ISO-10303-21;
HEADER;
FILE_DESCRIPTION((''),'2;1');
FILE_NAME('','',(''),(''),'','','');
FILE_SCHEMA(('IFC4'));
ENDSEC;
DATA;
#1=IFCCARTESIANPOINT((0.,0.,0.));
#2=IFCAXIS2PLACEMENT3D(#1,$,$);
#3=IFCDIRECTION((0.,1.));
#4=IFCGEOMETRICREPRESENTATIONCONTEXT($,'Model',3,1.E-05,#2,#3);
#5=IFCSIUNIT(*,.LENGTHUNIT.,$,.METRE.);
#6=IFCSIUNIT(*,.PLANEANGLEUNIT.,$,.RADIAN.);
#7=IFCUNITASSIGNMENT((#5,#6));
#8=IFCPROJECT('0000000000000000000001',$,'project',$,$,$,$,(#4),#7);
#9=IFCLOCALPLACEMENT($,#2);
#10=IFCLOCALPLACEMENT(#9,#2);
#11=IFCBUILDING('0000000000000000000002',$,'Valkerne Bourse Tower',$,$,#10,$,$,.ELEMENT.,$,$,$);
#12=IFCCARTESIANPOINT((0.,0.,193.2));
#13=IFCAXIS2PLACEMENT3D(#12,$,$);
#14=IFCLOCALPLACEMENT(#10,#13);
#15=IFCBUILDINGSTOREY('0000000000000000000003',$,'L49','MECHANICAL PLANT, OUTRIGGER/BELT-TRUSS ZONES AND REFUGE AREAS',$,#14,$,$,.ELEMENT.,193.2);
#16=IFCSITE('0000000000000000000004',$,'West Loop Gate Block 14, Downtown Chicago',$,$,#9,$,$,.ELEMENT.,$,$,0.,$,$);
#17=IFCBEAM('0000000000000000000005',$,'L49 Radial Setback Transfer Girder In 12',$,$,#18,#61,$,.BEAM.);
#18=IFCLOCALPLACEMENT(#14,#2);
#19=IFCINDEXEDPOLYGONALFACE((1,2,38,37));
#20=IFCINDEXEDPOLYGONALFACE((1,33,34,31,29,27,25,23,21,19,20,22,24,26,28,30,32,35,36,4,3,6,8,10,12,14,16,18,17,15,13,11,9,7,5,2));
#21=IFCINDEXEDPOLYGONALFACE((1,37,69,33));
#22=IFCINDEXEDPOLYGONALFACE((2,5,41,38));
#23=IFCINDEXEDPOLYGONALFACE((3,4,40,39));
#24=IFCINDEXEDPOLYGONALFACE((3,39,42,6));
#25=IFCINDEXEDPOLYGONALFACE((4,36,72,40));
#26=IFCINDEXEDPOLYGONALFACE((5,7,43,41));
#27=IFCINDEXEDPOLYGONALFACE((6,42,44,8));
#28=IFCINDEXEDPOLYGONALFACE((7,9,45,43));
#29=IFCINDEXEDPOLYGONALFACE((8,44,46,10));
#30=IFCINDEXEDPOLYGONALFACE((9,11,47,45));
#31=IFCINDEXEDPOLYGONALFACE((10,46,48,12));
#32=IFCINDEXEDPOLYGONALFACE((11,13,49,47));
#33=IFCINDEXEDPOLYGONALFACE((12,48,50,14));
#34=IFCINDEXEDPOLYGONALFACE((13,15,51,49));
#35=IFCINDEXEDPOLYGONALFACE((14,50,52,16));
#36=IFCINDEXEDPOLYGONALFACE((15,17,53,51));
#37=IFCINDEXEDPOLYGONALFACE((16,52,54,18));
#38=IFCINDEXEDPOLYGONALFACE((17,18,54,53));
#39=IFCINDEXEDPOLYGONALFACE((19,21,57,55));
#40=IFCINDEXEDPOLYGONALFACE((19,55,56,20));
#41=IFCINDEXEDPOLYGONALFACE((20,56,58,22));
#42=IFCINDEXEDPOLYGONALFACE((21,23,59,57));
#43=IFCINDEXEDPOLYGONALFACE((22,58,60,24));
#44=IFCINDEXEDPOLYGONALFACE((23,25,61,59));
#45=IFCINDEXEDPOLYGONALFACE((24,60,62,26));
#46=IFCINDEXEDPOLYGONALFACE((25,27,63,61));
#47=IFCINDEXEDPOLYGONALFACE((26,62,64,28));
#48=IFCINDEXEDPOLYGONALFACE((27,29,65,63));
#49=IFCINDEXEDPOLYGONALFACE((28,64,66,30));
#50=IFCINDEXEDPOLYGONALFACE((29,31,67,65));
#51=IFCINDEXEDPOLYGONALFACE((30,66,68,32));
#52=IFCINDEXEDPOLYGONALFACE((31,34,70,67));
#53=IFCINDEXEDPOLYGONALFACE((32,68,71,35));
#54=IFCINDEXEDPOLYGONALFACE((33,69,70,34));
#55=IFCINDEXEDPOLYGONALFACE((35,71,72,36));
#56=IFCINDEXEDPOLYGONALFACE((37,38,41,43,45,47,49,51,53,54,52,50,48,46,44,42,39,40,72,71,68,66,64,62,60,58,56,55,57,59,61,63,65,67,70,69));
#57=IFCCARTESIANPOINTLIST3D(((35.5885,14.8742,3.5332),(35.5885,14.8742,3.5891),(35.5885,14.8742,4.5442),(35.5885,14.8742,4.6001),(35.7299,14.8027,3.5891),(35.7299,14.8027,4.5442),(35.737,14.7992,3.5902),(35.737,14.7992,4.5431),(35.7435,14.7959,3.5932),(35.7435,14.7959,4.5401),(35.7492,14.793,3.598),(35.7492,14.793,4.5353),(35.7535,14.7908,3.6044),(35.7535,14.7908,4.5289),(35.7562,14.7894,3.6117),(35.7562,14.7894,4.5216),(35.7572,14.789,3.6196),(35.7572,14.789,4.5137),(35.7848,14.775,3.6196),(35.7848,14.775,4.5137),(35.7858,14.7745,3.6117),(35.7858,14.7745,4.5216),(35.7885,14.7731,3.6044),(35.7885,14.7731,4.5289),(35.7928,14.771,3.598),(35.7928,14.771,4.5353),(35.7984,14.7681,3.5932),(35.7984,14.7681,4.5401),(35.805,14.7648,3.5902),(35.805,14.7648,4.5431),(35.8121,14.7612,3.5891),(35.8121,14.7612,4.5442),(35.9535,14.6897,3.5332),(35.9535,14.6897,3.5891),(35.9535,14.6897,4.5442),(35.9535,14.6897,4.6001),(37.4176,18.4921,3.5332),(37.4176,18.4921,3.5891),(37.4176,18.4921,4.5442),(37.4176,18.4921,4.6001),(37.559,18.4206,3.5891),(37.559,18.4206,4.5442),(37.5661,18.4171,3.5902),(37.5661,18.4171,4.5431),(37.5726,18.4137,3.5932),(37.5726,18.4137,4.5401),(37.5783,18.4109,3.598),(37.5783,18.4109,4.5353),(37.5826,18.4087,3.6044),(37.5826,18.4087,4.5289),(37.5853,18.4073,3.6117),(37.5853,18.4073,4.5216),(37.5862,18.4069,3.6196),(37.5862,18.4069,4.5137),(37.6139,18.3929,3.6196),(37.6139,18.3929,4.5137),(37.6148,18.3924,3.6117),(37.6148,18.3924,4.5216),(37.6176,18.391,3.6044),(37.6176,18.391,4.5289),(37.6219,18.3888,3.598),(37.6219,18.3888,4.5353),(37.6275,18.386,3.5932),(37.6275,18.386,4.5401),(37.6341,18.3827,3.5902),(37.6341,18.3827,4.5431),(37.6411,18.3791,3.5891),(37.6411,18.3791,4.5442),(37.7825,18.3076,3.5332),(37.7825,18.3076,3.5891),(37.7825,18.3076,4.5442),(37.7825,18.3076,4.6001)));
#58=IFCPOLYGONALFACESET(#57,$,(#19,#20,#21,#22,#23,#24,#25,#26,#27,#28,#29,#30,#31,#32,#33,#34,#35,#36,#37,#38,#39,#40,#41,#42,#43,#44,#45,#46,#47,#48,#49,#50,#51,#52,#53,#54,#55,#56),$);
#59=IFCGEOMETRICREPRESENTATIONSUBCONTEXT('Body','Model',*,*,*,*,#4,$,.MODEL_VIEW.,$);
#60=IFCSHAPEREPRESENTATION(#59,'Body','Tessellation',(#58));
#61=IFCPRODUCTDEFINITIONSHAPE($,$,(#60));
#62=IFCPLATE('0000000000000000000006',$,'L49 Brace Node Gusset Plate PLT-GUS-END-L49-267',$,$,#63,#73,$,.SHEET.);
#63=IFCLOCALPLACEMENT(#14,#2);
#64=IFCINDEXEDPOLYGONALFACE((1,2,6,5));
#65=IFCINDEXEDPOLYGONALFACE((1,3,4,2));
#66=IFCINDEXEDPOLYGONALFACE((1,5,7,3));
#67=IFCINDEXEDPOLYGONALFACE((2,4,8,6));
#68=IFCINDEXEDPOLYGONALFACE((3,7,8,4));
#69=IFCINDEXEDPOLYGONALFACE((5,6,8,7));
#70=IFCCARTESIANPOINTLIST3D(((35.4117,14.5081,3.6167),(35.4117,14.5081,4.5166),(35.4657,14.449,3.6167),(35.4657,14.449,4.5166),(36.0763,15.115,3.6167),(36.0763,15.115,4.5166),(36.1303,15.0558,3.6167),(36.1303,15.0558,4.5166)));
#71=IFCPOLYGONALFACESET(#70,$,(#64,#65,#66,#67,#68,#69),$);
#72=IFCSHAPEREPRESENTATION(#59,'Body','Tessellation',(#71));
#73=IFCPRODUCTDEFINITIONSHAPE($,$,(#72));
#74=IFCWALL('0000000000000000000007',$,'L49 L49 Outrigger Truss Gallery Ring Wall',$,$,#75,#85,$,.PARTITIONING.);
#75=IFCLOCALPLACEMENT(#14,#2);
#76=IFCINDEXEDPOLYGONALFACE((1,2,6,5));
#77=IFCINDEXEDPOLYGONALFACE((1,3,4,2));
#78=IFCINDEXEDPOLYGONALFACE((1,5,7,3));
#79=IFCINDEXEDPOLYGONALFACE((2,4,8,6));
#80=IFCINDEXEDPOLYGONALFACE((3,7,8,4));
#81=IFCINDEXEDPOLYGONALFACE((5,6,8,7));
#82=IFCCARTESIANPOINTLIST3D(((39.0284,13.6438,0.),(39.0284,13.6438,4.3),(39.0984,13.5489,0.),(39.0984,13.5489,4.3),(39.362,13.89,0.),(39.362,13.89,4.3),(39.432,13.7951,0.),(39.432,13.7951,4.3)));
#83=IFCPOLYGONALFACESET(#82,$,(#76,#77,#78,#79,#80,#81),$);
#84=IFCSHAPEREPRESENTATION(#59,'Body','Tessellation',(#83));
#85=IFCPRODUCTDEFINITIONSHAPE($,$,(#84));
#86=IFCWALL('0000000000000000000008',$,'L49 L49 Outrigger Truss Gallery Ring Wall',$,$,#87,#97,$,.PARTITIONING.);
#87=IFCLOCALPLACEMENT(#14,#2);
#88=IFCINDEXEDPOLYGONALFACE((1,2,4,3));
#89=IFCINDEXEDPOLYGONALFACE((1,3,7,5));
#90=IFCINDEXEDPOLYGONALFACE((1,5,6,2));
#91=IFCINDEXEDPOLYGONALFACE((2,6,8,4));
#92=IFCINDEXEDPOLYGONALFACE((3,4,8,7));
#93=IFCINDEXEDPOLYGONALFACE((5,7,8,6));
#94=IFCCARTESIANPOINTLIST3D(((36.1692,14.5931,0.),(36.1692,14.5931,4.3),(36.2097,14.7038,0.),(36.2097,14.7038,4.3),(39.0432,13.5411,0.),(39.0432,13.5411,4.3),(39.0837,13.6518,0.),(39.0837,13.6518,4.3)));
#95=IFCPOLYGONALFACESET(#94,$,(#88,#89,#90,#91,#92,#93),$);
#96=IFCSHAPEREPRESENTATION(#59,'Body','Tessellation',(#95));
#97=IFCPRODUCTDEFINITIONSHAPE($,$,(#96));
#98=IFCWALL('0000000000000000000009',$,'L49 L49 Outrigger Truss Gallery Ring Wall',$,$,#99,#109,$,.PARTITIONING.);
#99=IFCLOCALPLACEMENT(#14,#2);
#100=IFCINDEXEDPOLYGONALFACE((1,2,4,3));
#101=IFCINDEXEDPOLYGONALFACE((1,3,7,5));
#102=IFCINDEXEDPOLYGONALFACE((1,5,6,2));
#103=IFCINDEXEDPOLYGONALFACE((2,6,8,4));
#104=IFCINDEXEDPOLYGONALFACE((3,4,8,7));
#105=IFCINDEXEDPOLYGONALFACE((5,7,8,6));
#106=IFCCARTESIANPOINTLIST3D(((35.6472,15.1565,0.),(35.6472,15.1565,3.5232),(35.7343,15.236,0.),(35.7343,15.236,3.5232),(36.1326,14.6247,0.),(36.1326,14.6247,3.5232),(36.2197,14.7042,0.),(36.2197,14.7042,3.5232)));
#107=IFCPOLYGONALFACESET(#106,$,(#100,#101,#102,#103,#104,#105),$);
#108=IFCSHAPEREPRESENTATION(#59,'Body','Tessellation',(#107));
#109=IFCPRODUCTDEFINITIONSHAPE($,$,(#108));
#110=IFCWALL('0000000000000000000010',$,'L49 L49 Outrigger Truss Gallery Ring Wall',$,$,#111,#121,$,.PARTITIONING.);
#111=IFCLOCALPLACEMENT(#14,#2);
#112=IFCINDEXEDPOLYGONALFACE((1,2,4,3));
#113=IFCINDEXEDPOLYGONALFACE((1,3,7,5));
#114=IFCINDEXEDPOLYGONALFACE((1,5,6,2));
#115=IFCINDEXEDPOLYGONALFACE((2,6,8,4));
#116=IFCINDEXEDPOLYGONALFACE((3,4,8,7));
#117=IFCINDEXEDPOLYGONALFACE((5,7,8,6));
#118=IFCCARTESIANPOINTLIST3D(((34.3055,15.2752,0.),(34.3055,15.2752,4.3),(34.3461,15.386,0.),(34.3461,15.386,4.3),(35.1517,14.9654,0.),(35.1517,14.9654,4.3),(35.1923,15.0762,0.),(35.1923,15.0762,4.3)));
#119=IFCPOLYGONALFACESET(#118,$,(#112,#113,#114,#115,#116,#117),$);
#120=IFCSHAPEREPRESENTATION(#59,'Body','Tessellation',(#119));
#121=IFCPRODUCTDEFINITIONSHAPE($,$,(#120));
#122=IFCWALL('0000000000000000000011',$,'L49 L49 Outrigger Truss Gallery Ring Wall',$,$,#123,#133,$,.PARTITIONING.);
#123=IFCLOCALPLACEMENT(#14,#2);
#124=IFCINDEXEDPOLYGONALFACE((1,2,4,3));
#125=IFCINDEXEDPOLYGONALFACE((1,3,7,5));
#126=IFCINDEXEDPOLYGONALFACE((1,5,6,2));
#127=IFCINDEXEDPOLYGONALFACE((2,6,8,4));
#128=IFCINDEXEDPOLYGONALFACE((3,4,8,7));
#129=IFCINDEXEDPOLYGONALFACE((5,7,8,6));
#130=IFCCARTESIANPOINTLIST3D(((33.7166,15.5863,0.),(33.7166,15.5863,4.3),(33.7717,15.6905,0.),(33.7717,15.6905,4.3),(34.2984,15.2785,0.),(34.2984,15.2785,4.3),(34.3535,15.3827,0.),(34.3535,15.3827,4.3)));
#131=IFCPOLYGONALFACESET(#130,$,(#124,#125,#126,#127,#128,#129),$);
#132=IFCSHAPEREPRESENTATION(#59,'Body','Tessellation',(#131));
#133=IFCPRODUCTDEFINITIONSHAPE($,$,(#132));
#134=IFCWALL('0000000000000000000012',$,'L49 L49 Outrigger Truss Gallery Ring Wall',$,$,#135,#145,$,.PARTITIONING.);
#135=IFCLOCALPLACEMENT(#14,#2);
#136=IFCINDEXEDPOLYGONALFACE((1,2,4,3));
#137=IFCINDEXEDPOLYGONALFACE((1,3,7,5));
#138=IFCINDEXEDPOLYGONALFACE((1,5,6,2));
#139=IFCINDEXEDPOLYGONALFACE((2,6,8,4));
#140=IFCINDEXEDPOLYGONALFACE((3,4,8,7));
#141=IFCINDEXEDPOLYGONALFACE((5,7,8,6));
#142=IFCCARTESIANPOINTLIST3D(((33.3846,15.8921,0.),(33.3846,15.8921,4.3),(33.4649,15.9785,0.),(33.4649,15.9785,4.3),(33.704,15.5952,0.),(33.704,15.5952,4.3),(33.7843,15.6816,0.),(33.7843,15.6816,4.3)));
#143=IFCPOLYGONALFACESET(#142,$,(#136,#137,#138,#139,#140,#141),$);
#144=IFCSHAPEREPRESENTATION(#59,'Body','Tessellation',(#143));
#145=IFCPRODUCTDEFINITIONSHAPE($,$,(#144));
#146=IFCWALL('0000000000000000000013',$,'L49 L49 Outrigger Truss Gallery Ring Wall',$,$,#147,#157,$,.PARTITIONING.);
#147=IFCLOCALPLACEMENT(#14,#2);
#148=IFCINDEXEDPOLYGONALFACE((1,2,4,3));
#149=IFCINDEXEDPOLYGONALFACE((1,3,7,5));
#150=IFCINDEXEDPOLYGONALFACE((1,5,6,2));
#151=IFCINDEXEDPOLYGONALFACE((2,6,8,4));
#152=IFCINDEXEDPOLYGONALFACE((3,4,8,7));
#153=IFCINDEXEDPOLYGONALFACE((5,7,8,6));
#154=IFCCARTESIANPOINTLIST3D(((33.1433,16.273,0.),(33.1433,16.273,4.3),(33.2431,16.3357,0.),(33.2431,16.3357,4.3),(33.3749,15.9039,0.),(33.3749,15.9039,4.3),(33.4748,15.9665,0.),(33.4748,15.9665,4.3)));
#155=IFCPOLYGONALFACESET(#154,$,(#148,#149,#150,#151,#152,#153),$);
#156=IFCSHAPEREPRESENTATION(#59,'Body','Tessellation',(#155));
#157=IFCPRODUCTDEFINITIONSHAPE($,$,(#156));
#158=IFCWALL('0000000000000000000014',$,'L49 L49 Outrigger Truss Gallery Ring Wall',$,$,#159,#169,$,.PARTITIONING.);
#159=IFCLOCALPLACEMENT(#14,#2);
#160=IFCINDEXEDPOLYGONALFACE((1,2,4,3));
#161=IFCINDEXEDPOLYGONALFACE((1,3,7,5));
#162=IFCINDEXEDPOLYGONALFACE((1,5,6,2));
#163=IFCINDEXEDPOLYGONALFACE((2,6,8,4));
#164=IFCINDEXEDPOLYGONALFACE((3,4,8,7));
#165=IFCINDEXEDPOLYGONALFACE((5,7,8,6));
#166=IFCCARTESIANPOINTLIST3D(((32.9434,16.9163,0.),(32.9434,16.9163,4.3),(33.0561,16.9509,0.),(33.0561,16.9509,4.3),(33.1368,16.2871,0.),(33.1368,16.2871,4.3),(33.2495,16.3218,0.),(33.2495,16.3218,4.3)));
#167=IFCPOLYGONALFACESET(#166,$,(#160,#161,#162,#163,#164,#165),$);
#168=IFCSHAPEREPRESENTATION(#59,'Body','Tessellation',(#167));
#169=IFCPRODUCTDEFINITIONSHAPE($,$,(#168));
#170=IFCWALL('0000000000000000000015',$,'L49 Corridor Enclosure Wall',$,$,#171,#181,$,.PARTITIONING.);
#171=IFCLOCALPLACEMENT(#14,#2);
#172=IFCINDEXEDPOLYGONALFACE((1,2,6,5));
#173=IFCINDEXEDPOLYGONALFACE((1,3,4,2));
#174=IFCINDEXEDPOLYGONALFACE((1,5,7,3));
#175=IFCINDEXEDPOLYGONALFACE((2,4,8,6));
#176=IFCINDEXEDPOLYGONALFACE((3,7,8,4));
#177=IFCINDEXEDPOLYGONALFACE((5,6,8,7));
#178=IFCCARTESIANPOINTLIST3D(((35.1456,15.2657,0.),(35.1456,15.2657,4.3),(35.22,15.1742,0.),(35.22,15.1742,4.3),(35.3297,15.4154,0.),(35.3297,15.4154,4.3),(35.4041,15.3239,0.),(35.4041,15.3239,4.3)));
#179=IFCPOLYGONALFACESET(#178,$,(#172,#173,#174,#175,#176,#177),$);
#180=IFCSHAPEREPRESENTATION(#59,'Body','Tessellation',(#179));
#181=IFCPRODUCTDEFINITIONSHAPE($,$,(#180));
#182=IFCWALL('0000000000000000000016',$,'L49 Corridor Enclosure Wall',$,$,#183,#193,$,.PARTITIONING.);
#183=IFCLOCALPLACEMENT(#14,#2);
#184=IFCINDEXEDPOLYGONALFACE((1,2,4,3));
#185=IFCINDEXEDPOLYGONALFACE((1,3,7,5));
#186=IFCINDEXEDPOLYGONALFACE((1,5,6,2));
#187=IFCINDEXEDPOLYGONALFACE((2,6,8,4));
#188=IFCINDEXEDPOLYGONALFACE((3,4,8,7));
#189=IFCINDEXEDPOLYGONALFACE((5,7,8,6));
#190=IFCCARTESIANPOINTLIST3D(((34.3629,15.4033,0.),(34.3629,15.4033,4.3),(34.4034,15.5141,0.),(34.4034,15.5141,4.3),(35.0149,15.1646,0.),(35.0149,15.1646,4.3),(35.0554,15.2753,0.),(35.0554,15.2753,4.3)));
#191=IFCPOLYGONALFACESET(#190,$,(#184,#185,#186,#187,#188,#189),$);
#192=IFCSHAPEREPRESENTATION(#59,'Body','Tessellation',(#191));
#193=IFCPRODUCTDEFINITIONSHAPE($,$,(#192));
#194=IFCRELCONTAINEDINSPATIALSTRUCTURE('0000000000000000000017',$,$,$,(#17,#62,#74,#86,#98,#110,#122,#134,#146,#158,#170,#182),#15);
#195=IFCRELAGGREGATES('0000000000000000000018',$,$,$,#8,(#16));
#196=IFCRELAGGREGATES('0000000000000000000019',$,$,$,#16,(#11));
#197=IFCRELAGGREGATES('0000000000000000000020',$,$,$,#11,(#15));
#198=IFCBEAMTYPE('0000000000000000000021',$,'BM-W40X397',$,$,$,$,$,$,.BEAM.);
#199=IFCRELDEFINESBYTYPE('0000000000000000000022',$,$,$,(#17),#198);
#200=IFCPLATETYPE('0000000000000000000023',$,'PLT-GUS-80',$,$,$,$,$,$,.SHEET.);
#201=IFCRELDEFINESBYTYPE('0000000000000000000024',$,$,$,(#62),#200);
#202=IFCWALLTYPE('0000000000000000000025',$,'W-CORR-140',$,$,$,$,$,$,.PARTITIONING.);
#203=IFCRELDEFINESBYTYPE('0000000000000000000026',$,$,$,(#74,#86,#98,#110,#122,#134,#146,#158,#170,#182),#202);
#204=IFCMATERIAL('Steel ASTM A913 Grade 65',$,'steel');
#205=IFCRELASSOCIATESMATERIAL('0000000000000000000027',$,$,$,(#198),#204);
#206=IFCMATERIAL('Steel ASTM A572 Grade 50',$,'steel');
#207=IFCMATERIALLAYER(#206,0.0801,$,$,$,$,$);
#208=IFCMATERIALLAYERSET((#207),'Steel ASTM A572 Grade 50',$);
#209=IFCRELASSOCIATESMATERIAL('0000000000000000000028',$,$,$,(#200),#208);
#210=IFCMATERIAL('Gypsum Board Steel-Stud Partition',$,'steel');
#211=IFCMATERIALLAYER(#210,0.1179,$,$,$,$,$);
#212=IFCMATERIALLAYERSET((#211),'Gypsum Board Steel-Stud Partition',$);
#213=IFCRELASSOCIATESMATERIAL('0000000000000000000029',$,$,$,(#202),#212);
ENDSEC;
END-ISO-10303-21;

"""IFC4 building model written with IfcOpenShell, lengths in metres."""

from ifc_helpers import new_model, si_unit, direction, frame, frame_2d, origin, origin_2d, place, context, subcontext, project, spatial, rectangle, i_section, extrude, material, layer, layer_set, material_profile, profile_set, type_object, element, save


model = new_model("IFC4")

# Units and contexts
model_context = context("Model", 3, precision=1e-05, world=origin(), true_north=direction((0.0, 1.0)))
body_context = subcontext(model_context, "Body", "Model", "MODEL_VIEW")
ifc_project = project(units=[si_unit("LENGTHUNIT", "METRE"), si_unit("PLANEANGLEUNIT", "RADIAN")], contexts=[model_context])

# Site, building, storey
site_placement = place(None, origin())
site = spatial("IfcSite", under=ifc_project, at=site_placement, Name="West Loop Gate Block 14, Downtown Chicago", CompositionType="ELEMENT", RefElevation=0.0)
building_placement = place(site_placement, origin())
building = spatial("IfcBuilding", under=site, at=building_placement, Name="Valkerne Bourse Tower", CompositionType="ELEMENT")
storey_placement = place(building_placement, frame((0.0, 0.0, 193.2)))
storey = spatial("IfcBuildingStorey", under=building, at=storey_placement, Name="L49", Description="MECHANICAL PLANT, OUTRIGGER/BELT-TRUSS ZONES AND REFUGE AREAS", CompositionType="ELEMENT", Elevation=193.2)

# Beam
ifc_material_1 = material(Name="Steel ASTM A913 Grade 65", Category="steel")
ifc_material_profile = material_profile(ifc_material_1, i_section(OverallWidth=0.4089, OverallDepth=1.0669, WebThickness=0.031, FlangeThickness=0.0559, FilletRadius=0.0305, at=origin_2d()), Name="W40X397")
ifc_profile_set = profile_set([ifc_material_profile], Name="Steel ASTM A913 Grade 65")
beam_type = type_object("IfcBeamType", Name="BM-W40X397", PredefinedType="BEAM", material=ifc_profile_set)
beam_placement = place(storey_placement, frame((35.771, 14.782, 4.0667), z_axis=(0.451184, 0.892431, 0.0), x_axis=(-0.892431, 0.451184, 0.0)))
element("IfcBeam", 1, at=beam_placement, inside=storey, type_object=beam_type, Name="L49 Radial Setback Transfer Girder In 12", PredefinedType="BEAM", context=body_context, shape_type="SweptSolid", body=[
    extrude(i_section(OverallWidth=0.4089, OverallDepth=1.0669, WebThickness=0.031, FlangeThickness=0.0559, FilletRadius=0.0305, at=origin_2d()), origin(), (0.0, 0.0, 1.0), 4.054),
])

# Plate
ifc_material_2 = material(Name="Steel ASTM A572 Grade 50", Category="steel")
ifc_layer_1 = layer(ifc_material_2, 0.0801)
ifc_layer_set_1 = layer_set([ifc_layer_1], Name="Steel ASTM A572 Grade 50")
plate_type = type_object("IfcPlateType", Name="PLT-GUS-80", PredefinedType="SHEET", material=ifc_layer_set_1)
plate_placement = place(storey_placement, frame((35.771, 14.782, 3.6167), z_axis=(0.0, 0.0, 1.0), x_axis=(0.738455, 0.674302, 0.0)))
element("IfcPlate", 2, at=plate_placement, inside=storey, type_object=plate_type, Name="L49 Brace Node Gusset Plate PLT-GUS-END-L49-267", PredefinedType="SHEET", context=body_context, shape_type="SweptSolid", body=[
    extrude(rectangle(XDim=0.8999, YDim=0.0801, at=origin_2d()), origin(), (0.0, 0.0, 1.0), 0.8999),
])

# Walls
ifc_material_3 = material(Name="Gypsum Board Steel-Stud Partition", Category="steel")
ifc_layer_2 = layer(ifc_material_3, 0.1179)
ifc_layer_set_2 = layer_set([ifc_layer_2], Name="Gypsum Board Steel-Stud Partition")
wall_type_1 = type_object("IfcWallType", Name="W-CORR-140", PredefinedType="PARTITIONING", material=ifc_layer_set_2)
wall_1_placement = place(storey_placement, frame((39.397, 13.8425, 0.0), z_axis=(0.0, 0.0, 1.0), x_axis=(-0.804641, -0.593762, 0.0)))
element("IfcWall", 3, at=wall_1_placement, inside=storey, type_object=wall_type_1, Name="L49 L49 Outrigger Truss Gallery Ring Wall", PredefinedType="PARTITIONING", context=body_context, shape_type="SweptSolid", body=[
    extrude(rectangle(XDim=0.4146, YDim=0.1179, at=frame_2d((0.2073, 0.0))), origin(), (0.0, 0.0, 1.0), 4.3),
])
wall_2_placement = place(storey_placement, frame((39.0635, 13.5964, 0.0), z_axis=(0.0, 0.0, 1.0), x_axis=(-0.939067, 0.343734, 0.0)))
element("IfcWall", 4, at=wall_2_placement, inside=storey, type_object=wall_type_1, Name="L49 L49 Outrigger Truss Gallery Ring Wall", PredefinedType="PARTITIONING", context=body_context, shape_type="SweptSolid", body=[
    extrude(rectangle(XDim=3.0605, YDim=0.1179, at=frame_2d((1.5303, 0.0))), origin(), (0.0, 0.0, 1.0), 4.3),
])
wall_3_placement = place(storey_placement, frame((36.176, 14.6646, 0.0), z_axis=(0.0, 0.0, 1.0), x_axis=(-0.674157, 0.738588, 0.0)))
element("IfcWall", 5, at=wall_3_placement, inside=storey, type_object=wall_type_1, Name="L49 L49 Outrigger Truss Gallery Ring Wall", PredefinedType="PARTITIONING", context=body_context, shape_type="SweptSolid", body=[
    extrude(rectangle(XDim=0.72, YDim=0.1179, at=frame_2d((0.3599, 0.0))), origin(), (0.0, 0.0, 1.0), 3.5232),
])
wall_4_placement = place(storey_placement, frame((35.1721, 15.0208, 0.0), z_axis=(0.0, 0.0, 1.0), x_axis=(-0.93904, 0.343809, 0.0)))
element("IfcWall", 6, at=wall_4_placement, inside=storey, type_object=wall_type_1, Name="L49 L49 Outrigger Truss Gallery Ring Wall", PredefinedType="PARTITIONING", context=body_context, shape_type="SweptSolid", body=[
    extrude(rectangle(XDim=0.9011, YDim=0.1179, at=frame_2d((0.4507, 0.0))), origin(), (0.0, 0.0, 1.0), 4.3),
])
wall_5_placement = place(storey_placement, frame((34.3259, 15.3306, 0.0), z_axis=(0.0, 0.0, 1.0), x_axis=(-0.883878, 0.467717, 0.0)))
element("IfcWall", 7, at=wall_5_placement, inside=storey, type_object=wall_type_1, Name="L49 L49 Outrigger Truss Gallery Ring Wall", PredefinedType="PARTITIONING", context=body_context, shape_type="SweptSolid", body=[
    extrude(rectangle(XDim=0.6582, YDim=0.1179, at=frame_2d((0.3291, 0.0))), origin(), (0.0, 0.0, 1.0), 4.3),
])
wall_6_placement = place(storey_placement, frame((33.7441, 15.6384, 0.0), z_axis=(0.0, 0.0, 1.0), x_axis=(-0.732395, 0.680881, 0.0)))
element("IfcWall", 8, at=wall_6_placement, inside=storey, type_object=wall_type_1, Name="L49 L49 Outrigger Truss Gallery Ring Wall", PredefinedType="PARTITIONING", context=body_context, shape_type="SweptSolid", body=[
    extrude(rectangle(XDim=0.436, YDim=0.1179, at=frame_2d((0.218, 0.0))), origin(), (0.0, 0.0, 1.0), 4.3),
])
wall_7_placement = place(storey_placement, frame((33.4248, 15.9353, 0.0), z_axis=(0.0, 0.0, 1.0), x_axis=(-0.531609, 0.84699, 0.0)))
element("IfcWall", 9, at=wall_7_placement, inside=storey, type_object=wall_type_1, Name="L49 L49 Outrigger Truss Gallery Ring Wall", PredefinedType="PARTITIONING", context=body_context, shape_type="SweptSolid", body=[
    extrude(rectangle(XDim=0.4358, YDim=0.1179, at=frame_2d((0.2178, 0.0))), origin(), (0.0, 0.0, 1.0), 4.3),
])
wall_8_placement = place(storey_placement, frame((33.1931, 16.3044, 0.0), z_axis=(0.0, 0.0, 1.0), x_axis=(-0.293773, 0.955875, 0.0)))
element("IfcWall", 10, at=wall_8_placement, inside=storey, type_object=wall_type_1, Name="L49 L49 Outrigger Truss Gallery Ring Wall", PredefinedType="PARTITIONING", context=body_context, shape_type="SweptSolid", body=[
    extrude(rectangle(XDim=0.6582, YDim=0.1179, at=frame_2d((0.3291, 0.0))), origin(), (0.0, 0.0, 1.0), 4.3),
])

# Walls
wall_9_placement = place(storey_placement, frame((35.3669, 15.3696, 0.0), z_axis=(0.0, 0.0, 1.0), x_axis=(-0.775925, -0.630825, 0.0)))
element("IfcWall", 11, at=wall_9_placement, inside=storey, type_object=wall_type_1, Name="L49 Corridor Enclosure Wall", PredefinedType="PARTITIONING", context=body_context, shape_type="SweptSolid", body=[
    extrude(rectangle(XDim=0.2373, YDim=0.1179, at=frame_2d((0.1187, 0.0))), origin(), (0.0, 0.0, 1.0), 4.3),
])
wall_10_placement = place(storey_placement, frame((35.0352, 15.22, 0.0), z_axis=(0.0, 0.0, 1.0), x_axis=(-0.939032, 0.343831, 0.0)))
element("IfcWall", 12, at=wall_10_placement, inside=storey, type_object=wall_type_1, Name="L49 Corridor Enclosure Wall", PredefinedType="PARTITIONING", context=body_context, shape_type="SweptSolid", body=[
    extrude(rectangle(XDim=0.6943, YDim=0.1179, at=frame_2d((0.3472, 0.0))), origin(), (0.0, 0.0, 1.0), 4.3),
])

save(model, "model.ifc")
